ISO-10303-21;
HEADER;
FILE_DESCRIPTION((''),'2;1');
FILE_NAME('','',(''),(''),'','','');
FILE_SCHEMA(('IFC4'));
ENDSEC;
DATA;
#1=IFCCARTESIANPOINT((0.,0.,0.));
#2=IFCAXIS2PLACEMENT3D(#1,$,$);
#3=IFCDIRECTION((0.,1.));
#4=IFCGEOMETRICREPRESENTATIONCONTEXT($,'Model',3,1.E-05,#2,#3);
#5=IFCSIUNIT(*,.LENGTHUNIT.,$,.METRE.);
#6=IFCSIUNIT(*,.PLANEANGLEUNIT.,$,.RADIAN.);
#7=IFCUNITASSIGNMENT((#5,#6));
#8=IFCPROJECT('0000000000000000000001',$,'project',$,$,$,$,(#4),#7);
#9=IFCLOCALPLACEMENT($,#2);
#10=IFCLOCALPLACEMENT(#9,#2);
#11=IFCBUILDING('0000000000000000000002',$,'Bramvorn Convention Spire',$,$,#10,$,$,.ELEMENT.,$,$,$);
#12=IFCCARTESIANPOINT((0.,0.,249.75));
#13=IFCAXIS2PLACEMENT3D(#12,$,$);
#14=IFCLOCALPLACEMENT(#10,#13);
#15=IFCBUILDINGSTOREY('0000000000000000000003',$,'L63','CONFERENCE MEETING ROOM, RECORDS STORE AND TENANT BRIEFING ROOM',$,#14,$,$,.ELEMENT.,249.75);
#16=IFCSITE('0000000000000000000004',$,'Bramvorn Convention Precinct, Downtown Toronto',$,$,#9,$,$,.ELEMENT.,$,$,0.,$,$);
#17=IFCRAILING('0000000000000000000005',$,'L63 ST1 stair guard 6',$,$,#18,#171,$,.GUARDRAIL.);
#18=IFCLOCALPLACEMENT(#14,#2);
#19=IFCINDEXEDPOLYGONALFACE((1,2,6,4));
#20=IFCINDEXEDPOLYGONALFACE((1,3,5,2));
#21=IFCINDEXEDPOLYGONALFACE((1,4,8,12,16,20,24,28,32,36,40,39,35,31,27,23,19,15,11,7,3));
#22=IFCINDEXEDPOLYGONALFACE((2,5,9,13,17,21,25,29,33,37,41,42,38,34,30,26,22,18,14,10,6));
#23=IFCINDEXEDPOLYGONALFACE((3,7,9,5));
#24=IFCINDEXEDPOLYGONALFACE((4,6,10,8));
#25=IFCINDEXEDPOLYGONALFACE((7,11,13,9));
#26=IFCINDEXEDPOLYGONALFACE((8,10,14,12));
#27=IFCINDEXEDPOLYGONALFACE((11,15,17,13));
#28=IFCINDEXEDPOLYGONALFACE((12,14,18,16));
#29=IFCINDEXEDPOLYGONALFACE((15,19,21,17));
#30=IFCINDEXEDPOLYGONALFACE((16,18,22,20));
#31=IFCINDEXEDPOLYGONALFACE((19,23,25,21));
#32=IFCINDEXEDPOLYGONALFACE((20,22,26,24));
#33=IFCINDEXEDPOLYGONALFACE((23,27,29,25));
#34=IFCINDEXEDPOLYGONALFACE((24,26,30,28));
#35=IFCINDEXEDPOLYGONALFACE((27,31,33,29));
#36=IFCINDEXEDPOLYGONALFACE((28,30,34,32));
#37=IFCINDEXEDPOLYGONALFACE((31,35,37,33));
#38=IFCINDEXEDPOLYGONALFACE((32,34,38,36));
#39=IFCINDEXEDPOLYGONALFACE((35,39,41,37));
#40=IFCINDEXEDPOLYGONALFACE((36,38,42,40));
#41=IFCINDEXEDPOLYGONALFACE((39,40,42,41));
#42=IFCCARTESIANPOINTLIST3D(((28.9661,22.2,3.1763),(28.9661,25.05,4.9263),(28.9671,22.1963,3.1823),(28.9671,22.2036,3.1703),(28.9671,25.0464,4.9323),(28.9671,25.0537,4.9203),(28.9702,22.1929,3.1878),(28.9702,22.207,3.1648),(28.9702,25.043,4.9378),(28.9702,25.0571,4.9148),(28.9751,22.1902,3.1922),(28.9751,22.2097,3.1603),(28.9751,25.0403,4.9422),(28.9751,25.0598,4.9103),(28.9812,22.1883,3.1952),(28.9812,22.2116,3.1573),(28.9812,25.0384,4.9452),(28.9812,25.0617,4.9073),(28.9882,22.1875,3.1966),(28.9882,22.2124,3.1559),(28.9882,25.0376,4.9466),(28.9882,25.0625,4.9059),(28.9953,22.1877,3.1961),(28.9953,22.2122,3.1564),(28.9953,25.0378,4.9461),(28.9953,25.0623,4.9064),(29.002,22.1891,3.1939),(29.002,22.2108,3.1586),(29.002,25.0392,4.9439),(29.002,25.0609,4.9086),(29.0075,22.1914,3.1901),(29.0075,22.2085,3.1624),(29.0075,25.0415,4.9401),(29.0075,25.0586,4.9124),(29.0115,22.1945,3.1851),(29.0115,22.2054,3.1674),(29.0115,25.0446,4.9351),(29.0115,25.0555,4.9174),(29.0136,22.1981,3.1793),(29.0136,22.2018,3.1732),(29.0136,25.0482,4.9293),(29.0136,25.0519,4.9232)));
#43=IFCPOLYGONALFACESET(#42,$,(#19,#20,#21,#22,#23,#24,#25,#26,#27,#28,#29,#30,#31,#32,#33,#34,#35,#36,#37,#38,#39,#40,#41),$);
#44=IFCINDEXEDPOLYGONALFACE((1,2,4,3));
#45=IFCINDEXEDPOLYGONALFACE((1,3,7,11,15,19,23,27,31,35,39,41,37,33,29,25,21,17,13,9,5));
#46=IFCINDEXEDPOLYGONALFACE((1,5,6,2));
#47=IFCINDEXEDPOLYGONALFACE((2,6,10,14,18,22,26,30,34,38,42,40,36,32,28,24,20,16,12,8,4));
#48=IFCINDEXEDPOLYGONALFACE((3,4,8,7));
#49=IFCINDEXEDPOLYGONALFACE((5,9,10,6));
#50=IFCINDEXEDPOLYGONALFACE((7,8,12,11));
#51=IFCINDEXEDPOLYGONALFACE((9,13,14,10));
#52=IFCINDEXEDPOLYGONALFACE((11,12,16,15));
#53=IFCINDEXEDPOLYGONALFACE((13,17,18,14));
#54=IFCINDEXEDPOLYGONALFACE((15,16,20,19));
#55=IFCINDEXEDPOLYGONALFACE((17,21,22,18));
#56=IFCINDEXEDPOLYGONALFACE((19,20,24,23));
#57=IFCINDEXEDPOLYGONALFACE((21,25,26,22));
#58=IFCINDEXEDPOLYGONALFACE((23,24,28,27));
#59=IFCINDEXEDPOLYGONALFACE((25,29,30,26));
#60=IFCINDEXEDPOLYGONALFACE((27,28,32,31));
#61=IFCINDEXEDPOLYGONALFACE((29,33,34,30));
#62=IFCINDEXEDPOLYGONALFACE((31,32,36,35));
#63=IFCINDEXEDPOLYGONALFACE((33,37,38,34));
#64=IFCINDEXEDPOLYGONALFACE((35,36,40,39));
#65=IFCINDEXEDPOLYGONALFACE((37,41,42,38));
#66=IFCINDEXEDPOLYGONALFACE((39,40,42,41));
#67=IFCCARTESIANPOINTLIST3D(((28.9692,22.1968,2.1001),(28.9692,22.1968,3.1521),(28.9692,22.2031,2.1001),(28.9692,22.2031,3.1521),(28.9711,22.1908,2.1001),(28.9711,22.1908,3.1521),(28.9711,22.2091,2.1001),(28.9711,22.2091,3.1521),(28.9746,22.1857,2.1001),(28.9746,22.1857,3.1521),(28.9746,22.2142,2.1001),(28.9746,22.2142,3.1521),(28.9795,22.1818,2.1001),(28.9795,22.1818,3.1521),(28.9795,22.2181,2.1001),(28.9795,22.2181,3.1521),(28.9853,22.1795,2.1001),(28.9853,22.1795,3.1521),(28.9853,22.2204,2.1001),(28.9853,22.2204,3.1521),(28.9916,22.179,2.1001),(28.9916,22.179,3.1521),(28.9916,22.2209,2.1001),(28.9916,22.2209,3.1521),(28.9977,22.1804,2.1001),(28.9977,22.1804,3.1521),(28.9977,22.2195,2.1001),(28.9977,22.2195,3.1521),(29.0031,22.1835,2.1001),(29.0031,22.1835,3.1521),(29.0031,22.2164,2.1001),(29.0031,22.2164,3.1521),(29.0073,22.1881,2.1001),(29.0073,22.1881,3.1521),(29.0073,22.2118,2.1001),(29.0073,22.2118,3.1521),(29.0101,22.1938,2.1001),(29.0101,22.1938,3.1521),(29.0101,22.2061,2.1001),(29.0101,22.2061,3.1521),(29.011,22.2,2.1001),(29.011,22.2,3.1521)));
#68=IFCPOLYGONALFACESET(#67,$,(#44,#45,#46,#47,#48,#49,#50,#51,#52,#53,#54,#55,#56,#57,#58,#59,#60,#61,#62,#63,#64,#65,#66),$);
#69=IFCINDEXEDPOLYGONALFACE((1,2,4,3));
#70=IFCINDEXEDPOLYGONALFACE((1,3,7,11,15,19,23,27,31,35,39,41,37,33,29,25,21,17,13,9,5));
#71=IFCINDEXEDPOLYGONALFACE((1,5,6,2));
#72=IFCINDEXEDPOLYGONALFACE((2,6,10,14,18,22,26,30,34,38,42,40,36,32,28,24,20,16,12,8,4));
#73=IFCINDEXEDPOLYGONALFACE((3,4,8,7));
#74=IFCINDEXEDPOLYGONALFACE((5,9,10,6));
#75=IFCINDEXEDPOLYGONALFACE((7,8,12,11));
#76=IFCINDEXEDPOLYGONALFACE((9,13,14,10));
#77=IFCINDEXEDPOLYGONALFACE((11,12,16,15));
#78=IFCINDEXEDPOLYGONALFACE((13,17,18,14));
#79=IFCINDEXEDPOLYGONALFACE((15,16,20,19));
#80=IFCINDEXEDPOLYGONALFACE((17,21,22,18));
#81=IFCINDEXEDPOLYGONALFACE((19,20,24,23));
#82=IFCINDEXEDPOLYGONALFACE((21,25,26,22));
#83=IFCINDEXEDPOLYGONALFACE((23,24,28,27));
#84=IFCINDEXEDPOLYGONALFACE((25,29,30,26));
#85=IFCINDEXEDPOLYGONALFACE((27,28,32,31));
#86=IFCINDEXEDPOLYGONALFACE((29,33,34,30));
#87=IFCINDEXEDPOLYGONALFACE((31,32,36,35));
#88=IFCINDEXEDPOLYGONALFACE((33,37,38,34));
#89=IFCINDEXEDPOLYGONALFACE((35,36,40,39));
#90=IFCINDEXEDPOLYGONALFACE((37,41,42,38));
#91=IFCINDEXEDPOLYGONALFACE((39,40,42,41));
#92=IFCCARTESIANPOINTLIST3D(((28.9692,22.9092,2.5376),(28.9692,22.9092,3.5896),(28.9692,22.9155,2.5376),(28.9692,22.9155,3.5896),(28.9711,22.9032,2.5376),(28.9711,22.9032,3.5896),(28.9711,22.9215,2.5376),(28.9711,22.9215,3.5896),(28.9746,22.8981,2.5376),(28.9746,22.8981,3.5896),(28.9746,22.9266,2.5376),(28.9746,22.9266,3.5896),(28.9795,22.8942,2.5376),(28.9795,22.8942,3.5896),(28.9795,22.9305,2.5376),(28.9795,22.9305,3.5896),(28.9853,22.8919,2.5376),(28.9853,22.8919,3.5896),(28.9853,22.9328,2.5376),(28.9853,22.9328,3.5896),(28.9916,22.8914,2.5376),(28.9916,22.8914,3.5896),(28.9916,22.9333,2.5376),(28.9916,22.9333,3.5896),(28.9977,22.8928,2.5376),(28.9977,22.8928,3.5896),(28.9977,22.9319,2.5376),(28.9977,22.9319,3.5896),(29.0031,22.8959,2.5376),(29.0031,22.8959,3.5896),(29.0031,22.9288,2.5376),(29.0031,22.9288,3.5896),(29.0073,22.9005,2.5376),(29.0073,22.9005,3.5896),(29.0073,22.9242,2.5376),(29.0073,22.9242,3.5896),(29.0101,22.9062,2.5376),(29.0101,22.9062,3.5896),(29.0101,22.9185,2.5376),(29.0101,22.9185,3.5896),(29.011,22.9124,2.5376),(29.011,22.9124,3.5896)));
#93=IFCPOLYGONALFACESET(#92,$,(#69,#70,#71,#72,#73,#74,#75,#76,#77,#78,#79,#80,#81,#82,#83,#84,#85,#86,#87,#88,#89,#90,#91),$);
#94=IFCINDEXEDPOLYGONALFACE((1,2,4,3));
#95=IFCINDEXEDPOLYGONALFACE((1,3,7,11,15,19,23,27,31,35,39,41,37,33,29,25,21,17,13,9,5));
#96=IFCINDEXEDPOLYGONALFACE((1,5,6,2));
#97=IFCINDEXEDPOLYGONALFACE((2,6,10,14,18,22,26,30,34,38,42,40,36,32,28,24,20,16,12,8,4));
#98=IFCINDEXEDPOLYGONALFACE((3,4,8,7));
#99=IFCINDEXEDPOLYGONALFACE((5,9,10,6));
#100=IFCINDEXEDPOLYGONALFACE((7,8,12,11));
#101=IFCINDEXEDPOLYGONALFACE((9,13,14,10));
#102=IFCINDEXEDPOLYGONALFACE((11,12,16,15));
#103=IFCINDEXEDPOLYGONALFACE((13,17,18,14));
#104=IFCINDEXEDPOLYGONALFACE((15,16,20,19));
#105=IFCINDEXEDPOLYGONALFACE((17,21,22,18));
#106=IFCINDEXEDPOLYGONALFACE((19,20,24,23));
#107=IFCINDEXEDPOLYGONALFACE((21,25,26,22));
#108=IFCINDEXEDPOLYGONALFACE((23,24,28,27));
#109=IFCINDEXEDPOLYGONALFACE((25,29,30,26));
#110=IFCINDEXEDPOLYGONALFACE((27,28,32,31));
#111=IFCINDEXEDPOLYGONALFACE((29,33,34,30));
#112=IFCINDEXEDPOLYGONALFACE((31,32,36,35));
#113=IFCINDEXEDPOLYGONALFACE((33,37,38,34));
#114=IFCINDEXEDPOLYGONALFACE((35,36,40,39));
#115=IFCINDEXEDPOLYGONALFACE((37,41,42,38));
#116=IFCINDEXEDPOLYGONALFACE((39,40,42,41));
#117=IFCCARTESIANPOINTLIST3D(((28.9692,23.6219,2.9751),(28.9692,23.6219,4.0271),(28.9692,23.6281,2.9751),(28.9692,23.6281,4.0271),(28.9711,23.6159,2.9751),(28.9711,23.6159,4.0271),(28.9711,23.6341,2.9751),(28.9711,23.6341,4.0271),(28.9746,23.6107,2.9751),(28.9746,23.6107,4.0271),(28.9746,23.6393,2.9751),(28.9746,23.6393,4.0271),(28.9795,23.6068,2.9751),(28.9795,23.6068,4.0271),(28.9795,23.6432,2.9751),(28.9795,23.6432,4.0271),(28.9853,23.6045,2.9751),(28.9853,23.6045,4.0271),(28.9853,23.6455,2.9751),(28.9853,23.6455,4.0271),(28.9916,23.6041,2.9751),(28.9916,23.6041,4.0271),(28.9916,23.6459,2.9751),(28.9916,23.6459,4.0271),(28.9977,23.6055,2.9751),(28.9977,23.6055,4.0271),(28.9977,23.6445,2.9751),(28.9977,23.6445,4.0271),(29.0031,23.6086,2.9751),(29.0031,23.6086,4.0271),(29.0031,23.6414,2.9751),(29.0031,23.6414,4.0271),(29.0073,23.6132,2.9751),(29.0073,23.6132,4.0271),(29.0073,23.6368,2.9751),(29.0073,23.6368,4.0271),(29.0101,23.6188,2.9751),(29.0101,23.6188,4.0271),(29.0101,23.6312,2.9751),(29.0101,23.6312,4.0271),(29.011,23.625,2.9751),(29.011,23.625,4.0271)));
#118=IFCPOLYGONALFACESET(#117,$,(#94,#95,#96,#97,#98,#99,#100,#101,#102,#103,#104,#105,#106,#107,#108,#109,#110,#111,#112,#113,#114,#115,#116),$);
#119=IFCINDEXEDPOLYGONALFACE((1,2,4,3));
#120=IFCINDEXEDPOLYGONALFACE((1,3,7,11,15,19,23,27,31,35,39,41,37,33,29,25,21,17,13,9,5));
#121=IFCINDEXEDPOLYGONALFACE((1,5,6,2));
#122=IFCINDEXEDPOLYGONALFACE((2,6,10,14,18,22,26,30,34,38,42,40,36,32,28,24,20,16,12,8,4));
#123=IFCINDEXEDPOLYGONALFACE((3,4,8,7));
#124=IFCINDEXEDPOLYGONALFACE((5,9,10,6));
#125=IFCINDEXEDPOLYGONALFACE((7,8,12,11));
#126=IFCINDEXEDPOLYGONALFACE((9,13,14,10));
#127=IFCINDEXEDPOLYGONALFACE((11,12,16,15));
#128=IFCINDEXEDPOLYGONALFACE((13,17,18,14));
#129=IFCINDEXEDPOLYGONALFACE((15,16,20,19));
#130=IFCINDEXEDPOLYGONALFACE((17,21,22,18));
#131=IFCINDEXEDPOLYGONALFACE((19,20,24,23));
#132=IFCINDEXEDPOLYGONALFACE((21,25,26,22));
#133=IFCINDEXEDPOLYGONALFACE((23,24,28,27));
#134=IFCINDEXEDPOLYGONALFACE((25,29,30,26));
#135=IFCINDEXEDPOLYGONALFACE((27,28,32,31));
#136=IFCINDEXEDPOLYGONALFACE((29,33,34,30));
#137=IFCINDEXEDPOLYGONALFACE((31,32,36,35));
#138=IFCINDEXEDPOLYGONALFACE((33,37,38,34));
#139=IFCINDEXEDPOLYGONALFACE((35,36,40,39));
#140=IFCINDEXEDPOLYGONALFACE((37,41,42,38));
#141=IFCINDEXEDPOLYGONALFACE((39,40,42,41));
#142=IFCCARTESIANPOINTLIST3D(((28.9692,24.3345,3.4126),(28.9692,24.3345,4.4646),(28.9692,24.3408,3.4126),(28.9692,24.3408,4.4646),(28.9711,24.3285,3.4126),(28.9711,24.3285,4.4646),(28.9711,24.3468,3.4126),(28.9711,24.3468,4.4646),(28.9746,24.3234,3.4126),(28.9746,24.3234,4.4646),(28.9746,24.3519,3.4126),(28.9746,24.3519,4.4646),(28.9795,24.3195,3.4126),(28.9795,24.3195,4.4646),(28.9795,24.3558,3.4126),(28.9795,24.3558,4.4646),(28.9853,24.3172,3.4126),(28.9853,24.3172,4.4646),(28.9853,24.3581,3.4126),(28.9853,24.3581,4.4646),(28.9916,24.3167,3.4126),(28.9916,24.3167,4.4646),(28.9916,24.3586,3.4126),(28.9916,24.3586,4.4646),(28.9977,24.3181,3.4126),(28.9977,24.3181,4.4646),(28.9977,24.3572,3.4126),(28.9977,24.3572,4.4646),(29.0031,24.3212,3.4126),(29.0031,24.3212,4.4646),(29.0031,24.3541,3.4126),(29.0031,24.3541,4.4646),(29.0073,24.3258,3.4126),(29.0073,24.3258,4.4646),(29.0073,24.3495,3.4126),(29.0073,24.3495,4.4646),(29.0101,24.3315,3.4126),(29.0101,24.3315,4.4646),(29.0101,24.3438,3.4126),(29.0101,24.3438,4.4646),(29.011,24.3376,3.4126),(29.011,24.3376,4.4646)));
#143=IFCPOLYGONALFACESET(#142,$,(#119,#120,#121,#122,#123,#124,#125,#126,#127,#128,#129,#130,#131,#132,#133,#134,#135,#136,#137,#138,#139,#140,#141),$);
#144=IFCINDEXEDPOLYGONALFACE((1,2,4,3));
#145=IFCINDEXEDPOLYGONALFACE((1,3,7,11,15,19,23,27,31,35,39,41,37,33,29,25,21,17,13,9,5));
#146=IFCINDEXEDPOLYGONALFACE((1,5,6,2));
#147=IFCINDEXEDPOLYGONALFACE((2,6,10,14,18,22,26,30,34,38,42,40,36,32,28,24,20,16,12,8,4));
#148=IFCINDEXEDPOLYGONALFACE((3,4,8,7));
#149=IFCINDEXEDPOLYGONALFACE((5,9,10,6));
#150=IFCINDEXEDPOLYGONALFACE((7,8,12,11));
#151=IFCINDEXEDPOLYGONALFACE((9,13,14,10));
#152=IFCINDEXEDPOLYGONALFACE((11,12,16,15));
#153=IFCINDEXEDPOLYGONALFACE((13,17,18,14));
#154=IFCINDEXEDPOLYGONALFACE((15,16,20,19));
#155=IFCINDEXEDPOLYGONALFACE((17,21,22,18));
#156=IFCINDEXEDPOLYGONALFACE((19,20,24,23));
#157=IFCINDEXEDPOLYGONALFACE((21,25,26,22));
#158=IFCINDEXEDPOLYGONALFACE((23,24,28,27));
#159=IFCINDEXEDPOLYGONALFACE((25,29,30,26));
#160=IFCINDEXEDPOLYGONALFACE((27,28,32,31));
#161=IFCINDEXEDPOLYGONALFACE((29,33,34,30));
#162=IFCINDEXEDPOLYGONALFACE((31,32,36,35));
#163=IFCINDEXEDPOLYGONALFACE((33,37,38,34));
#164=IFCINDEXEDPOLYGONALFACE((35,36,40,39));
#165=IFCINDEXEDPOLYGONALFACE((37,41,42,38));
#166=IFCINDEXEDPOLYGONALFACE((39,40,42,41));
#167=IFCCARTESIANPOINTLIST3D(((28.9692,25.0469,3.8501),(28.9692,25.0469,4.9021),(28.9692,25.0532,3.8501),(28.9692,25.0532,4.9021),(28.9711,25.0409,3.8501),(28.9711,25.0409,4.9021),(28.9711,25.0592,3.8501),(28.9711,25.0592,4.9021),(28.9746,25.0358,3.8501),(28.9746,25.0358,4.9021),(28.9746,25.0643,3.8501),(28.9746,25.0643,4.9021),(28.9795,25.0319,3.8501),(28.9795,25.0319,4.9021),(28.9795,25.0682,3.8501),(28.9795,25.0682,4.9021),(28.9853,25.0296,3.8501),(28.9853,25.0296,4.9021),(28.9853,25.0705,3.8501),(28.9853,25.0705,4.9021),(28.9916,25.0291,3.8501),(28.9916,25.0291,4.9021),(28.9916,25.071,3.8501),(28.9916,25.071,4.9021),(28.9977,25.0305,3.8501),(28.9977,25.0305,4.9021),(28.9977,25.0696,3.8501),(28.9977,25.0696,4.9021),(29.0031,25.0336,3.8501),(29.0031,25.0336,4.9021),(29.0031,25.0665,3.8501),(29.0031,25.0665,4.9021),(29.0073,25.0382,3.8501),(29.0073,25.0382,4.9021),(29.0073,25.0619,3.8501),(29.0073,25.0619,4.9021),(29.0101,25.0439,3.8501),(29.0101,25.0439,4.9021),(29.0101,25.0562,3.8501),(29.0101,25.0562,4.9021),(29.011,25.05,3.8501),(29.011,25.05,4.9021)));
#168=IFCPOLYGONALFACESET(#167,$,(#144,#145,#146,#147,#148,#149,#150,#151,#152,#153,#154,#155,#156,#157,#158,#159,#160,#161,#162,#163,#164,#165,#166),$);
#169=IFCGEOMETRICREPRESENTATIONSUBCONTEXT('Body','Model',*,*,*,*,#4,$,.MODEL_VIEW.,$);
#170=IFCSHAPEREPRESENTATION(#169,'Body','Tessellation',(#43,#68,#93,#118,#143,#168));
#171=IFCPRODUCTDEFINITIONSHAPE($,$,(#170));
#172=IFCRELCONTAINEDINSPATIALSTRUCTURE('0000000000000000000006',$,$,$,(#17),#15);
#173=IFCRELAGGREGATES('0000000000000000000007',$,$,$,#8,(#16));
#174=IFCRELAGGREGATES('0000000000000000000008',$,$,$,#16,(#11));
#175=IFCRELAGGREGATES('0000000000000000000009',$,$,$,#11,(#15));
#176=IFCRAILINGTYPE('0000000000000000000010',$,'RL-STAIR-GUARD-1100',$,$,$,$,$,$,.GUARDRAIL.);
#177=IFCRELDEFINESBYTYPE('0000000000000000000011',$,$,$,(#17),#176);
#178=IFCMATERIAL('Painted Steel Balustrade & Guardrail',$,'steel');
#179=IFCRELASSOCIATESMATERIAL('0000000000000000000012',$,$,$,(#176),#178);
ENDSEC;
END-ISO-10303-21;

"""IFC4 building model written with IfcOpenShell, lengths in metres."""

from ifc_helpers import new_model, si_unit, direction, frame, origin, origin_2d, place, context, subcontext, project, spatial, circle, extrude, material, type_object, element, save


model = new_model("IFC4")

# Units and contexts
model_context = context("Model", 3, precision=1e-05, world=origin(), true_north=direction((0.0, 1.0)))
body_context = subcontext(model_context, "Body", "Model", "MODEL_VIEW")
ifc_project = project(units=[si_unit("LENGTHUNIT", "METRE"), si_unit("PLANEANGLEUNIT", "RADIAN")], contexts=[model_context])

# Site, building, storey
site_placement = place(None, origin())
site = spatial("IfcSite", under=ifc_project, at=site_placement, Name="Bramvorn Convention Precinct, Downtown Toronto", CompositionType="ELEMENT", RefElevation=0.0)
building_placement = place(site_placement, origin())
building = spatial("IfcBuilding", under=site, at=building_placement, Name="Bramvorn Convention Spire", CompositionType="ELEMENT")
storey_placement = place(building_placement, frame((0.0, 0.0, 249.75)))
storey = spatial("IfcBuildingStorey", under=building, at=storey_placement, Name="L63", Description="CONFERENCE MEETING ROOM, RECORDS STORE AND TENANT BRIEFING ROOM", CompositionType="ELEMENT", Elevation=249.75)

# Railing
ifc_material_1 = material(Name="Painted Steel Balustrade & Guardrail", Category="steel")
railing_type_1 = type_object("IfcRailingType", Name="RL-STAIR-GUARD-1100", PredefinedType="GUARDRAIL", material=ifc_material_1)
railing_1_placement = place(storey_placement, frame((28.99, 22.2, 2.1001)))
element("IfcRailing", 1, at=railing_1_placement, inside=storey, type_object=railing_type_1, Name="L63 ST1 stair guard 6", PredefinedType="GUARDRAIL", context=body_context, shape_type="SweptSolid", body=[
    extrude(circle(Radius=0.0239, at=origin_2d()), frame((0.0, 0.0, 1.0762), z_axis=(0.0, 0.852179, 0.52325), x_axis=(-1.0, 0.0, 0.0)), (0.0, 0.0, 1.0), 3.3445),
    extrude(circle(Radius=0.021, at=origin_2d()), origin(), (0.0, 0.0, 1.0), 1.052),
    extrude(circle(Radius=0.021, at=origin_2d()), frame((0.0, 0.7124, 0.4375)), (0.0, 0.0, 1.0), 1.052),
    extrude(circle(Radius=0.021, at=origin_2d()), frame((0.0, 1.425, 0.875)), (0.0, 0.0, 1.0), 1.052),
    extrude(circle(Radius=0.021, at=origin_2d()), frame((0.0, 2.1377, 1.3125)), (0.0, 0.0, 1.0), 1.052),
    extrude(circle(Radius=0.021, at=origin_2d()), frame((0.0, 2.8501, 1.75)), (0.0, 0.0, 1.0), 1.052),
])

save(model, "model.ifc")
